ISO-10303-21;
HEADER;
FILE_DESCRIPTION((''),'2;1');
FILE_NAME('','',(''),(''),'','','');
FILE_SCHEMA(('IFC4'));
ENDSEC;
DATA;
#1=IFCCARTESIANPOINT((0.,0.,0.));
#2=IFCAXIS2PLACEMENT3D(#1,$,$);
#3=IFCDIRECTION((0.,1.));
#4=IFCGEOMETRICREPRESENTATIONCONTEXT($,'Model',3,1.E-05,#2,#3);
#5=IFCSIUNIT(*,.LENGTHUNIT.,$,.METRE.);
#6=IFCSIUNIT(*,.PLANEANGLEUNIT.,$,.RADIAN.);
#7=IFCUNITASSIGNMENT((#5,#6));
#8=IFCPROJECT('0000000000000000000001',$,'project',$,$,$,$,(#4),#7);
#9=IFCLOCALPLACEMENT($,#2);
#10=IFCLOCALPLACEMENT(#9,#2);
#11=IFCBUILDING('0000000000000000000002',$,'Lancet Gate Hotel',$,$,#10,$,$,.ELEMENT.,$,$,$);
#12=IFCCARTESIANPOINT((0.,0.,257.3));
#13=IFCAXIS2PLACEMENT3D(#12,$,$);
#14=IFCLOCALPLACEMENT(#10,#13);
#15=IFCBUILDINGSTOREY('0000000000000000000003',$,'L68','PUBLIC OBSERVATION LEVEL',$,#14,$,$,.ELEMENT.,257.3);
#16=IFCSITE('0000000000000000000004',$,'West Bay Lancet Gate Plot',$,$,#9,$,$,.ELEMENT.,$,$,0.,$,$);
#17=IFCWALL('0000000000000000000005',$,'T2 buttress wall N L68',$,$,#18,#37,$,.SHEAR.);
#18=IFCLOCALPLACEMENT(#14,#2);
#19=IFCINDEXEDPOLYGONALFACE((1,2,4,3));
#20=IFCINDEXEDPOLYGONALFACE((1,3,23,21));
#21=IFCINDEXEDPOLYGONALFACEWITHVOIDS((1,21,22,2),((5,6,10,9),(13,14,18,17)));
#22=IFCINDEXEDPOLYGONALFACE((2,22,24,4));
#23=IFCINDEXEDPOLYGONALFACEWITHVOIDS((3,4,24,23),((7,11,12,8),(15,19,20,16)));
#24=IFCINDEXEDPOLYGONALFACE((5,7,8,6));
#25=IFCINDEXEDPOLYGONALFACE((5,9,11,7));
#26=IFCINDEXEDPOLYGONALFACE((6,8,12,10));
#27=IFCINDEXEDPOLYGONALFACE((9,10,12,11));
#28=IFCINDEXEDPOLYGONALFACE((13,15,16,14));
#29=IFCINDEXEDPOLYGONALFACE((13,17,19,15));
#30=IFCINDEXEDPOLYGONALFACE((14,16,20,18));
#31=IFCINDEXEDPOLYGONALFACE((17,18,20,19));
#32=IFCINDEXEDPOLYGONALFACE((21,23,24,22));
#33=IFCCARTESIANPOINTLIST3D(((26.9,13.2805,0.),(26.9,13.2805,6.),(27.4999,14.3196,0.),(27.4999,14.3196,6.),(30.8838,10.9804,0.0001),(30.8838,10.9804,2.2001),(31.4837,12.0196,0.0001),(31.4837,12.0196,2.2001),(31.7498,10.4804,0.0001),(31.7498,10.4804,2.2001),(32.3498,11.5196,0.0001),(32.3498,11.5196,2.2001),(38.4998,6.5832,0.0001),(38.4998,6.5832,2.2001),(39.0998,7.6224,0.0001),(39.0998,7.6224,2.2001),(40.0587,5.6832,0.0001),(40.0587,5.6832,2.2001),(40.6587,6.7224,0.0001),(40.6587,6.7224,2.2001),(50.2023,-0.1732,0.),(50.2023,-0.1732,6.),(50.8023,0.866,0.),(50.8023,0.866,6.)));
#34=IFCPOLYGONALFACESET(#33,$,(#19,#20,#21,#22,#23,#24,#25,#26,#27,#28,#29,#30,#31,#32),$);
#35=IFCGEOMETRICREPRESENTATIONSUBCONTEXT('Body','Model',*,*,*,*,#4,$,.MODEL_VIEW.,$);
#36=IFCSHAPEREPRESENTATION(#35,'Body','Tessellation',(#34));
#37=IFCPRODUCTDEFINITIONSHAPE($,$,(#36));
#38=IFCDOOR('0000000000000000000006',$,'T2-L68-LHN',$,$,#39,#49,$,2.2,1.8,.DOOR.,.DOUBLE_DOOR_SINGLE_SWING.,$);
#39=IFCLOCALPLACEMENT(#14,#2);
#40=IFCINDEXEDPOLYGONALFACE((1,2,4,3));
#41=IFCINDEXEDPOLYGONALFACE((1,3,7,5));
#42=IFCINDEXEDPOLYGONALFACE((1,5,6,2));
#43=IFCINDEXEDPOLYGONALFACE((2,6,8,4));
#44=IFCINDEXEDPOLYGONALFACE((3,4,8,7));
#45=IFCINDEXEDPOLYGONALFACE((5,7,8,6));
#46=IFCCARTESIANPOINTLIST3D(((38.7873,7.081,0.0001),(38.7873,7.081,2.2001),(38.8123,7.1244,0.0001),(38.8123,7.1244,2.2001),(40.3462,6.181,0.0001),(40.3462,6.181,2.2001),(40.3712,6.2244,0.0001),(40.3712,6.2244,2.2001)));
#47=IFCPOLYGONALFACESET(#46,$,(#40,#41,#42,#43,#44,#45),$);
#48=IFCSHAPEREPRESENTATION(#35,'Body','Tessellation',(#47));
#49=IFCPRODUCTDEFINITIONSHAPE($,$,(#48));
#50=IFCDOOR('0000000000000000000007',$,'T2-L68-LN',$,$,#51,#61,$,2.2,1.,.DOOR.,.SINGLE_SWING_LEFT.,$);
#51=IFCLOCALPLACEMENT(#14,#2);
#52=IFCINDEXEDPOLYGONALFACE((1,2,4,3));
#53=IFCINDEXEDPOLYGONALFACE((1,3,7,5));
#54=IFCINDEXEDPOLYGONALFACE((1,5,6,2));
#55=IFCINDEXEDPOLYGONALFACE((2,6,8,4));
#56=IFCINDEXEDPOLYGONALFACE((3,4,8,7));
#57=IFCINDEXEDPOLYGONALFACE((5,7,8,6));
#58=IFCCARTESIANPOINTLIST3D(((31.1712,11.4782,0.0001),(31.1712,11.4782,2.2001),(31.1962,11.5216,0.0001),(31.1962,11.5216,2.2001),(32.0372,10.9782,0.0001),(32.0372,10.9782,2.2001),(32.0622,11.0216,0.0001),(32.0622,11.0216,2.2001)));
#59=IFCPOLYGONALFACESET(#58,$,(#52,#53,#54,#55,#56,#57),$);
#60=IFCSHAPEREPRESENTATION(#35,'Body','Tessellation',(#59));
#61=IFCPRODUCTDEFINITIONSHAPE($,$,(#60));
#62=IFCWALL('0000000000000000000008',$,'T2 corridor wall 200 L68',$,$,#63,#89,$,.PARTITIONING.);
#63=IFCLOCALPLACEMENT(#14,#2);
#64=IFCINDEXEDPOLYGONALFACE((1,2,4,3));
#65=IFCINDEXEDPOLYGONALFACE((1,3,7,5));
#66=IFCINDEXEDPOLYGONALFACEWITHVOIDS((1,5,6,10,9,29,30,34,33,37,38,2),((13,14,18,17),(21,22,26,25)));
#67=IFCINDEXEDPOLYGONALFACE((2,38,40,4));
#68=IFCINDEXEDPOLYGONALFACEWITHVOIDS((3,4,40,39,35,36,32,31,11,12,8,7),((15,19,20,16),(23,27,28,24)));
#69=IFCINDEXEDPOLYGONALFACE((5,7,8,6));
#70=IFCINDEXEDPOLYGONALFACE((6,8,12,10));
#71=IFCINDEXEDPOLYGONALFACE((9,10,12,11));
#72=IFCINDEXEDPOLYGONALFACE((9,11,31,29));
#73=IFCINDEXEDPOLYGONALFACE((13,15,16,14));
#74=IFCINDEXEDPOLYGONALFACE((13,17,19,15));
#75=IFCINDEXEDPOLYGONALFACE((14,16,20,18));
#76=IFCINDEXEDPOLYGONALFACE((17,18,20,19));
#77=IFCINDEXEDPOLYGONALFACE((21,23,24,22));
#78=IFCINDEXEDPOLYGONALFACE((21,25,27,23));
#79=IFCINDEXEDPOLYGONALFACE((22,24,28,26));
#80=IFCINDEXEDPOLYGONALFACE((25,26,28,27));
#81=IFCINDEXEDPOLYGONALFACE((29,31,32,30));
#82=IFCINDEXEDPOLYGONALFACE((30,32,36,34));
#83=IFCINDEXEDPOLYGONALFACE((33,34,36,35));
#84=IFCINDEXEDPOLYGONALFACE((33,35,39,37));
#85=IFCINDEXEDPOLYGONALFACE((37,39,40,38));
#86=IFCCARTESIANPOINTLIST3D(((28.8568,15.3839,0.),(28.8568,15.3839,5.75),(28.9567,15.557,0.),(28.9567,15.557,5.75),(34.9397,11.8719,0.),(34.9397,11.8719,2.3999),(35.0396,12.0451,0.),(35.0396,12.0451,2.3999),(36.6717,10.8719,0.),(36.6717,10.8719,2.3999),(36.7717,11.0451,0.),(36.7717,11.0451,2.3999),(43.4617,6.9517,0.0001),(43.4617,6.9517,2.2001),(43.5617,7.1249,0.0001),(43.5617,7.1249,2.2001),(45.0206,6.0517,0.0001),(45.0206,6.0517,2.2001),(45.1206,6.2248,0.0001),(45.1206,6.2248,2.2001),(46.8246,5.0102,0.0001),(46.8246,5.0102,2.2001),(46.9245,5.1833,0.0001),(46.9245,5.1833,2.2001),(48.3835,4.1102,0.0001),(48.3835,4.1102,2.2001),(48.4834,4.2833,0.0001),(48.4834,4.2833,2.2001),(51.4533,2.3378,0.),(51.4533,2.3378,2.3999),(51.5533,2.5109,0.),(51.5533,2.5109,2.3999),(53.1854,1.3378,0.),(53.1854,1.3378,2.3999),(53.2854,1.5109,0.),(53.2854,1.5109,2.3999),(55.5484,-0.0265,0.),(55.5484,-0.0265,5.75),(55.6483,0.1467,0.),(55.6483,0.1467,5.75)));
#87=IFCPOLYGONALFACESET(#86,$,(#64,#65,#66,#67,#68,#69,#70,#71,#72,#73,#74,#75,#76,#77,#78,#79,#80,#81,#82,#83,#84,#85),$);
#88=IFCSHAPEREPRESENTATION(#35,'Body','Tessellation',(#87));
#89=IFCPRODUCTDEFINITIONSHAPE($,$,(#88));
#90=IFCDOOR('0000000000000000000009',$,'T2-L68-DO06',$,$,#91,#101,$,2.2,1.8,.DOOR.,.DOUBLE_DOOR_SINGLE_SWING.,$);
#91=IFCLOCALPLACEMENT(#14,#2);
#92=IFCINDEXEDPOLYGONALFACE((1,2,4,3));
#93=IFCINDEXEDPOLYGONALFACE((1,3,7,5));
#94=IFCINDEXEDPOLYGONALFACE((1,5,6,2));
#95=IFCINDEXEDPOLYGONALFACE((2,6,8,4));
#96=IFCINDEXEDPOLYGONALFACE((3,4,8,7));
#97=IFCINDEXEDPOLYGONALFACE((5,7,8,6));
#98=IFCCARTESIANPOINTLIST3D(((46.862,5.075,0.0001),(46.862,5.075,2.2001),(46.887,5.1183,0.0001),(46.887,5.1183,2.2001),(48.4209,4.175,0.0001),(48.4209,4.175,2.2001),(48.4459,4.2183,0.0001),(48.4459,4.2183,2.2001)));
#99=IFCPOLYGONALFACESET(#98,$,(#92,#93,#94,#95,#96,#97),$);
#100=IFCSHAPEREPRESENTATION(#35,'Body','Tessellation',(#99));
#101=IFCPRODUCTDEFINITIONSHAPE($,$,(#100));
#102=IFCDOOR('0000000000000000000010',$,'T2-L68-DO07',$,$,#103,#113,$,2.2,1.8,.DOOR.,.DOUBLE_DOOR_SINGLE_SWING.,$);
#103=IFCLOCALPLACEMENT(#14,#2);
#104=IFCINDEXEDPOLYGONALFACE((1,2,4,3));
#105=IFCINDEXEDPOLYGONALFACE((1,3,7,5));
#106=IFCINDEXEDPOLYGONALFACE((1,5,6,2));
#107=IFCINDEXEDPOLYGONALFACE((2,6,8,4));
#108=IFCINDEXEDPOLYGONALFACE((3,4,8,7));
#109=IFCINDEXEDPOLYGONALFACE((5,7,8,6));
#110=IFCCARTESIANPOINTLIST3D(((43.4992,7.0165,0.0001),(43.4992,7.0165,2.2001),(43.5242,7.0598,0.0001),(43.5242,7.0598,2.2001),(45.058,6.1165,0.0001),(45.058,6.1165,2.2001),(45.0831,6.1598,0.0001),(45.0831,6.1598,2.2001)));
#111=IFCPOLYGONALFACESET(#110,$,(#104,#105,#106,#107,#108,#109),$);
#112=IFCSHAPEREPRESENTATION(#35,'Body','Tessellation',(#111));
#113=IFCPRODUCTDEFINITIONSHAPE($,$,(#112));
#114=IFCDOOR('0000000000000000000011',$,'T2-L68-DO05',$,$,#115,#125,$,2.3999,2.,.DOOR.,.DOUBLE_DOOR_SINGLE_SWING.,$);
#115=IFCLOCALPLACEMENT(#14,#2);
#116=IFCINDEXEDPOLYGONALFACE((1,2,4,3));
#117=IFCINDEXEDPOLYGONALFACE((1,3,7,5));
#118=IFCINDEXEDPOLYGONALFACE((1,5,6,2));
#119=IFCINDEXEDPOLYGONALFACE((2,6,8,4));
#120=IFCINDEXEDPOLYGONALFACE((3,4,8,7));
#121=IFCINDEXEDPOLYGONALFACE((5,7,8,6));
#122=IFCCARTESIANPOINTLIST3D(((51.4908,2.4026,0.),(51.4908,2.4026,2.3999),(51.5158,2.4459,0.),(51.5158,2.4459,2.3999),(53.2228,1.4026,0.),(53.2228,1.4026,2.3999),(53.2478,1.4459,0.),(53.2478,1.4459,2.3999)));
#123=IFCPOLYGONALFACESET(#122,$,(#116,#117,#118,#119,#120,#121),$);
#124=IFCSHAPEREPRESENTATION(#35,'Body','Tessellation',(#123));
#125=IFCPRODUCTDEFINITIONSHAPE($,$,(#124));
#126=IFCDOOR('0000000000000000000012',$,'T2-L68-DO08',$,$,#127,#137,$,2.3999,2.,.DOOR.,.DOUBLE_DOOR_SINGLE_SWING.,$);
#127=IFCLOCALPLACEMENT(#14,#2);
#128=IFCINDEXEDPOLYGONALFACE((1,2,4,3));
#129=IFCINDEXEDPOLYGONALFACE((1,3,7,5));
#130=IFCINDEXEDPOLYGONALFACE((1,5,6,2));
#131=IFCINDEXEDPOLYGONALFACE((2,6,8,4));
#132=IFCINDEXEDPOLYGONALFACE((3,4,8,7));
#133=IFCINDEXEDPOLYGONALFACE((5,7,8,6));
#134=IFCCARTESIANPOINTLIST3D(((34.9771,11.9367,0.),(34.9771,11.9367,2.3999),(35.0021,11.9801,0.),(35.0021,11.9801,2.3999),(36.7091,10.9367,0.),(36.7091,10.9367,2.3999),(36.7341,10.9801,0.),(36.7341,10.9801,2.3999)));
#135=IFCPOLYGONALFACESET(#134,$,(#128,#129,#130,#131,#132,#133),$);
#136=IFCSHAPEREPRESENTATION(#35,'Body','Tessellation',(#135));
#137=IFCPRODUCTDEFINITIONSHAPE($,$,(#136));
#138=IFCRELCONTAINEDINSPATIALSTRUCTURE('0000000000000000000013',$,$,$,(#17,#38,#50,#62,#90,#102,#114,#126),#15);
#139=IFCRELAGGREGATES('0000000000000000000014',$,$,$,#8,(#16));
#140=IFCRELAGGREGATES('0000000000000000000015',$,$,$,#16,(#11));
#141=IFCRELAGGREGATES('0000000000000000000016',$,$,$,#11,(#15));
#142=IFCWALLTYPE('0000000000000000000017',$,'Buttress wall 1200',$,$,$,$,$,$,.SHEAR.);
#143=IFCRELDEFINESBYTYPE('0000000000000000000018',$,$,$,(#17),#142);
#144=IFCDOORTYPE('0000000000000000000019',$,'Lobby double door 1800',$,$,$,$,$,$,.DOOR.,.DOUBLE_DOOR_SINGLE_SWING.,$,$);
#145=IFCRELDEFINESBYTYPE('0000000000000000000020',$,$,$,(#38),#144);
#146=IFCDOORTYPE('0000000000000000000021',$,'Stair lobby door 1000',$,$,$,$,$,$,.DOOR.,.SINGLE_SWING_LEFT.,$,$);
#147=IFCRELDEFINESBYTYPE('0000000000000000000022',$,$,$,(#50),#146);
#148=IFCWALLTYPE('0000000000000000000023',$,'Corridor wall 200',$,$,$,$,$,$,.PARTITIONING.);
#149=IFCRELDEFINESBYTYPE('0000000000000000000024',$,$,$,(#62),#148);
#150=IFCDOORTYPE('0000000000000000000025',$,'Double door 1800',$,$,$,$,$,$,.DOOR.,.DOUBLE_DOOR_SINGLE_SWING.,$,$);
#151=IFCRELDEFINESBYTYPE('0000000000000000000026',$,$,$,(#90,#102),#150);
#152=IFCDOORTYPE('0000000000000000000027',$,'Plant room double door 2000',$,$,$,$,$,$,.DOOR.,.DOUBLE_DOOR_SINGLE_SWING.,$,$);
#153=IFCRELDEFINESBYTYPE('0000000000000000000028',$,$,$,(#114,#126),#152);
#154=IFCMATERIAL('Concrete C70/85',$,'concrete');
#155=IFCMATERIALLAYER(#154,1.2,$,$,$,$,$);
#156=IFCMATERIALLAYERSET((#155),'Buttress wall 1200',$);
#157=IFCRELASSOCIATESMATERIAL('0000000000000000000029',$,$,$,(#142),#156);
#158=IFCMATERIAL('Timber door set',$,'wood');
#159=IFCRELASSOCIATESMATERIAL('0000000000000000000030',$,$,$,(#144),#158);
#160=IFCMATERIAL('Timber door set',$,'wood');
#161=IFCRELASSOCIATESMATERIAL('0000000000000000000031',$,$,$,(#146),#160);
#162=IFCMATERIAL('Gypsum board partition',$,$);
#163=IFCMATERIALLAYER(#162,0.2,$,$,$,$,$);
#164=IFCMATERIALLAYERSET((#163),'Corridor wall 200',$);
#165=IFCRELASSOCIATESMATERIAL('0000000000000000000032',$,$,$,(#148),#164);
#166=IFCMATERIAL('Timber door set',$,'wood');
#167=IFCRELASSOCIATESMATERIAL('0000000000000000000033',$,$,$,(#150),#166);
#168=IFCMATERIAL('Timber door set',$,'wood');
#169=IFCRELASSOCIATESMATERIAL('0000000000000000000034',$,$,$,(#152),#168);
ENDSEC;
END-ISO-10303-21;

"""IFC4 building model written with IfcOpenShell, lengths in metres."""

from ifc_helpers import new_model, si_unit, direction, frame, frame_2d, origin, place, context, subcontext, project, spatial, rectangle, extrude, material, layer, layer_set, type_object, element, fill, save


model = new_model("IFC4")

# Units and contexts
model_context = context("Model", 3, precision=1e-05, world=origin(), true_north=direction((0.0, 1.0)))
body_context = subcontext(model_context, "Body", "Model", "MODEL_VIEW")
ifc_project = project(units=[si_unit("LENGTHUNIT", "METRE"), si_unit("PLANEANGLEUNIT", "RADIAN")], contexts=[model_context])

# Site, building, storey
site_placement = place(None, origin())
site = spatial("IfcSite", under=ifc_project, at=site_placement, Name="West Bay Lancet Gate Plot", CompositionType="ELEMENT", RefElevation=0.0)
building_placement = place(site_placement, origin())
building = spatial("IfcBuilding", under=site, at=building_placement, Name="Lancet Gate Hotel", CompositionType="ELEMENT")
storey_placement = place(building_placement, frame((0.0, 0.0, 257.3)))
storey = spatial("IfcBuildingStorey", under=building, at=storey_placement, Name="L68", Description="PUBLIC OBSERVATION LEVEL", CompositionType="ELEMENT", Elevation=257.3)

# Walls, openings, doors
ifc_material_1 = material(Name="Concrete C70/85", Category="concrete")
ifc_layer_1 = layer(ifc_material_1, 1.2)
ifc_layer_set_1 = layer_set([ifc_layer_1], Name="Buttress wall 1200")
wall_type_1 = type_object("IfcWallType", Name="Buttress wall 1200", PredefinedType="SHEAR", material=ifc_layer_set_1)
wall_1_placement = place(storey_placement, frame((27.2, 13.8, 0.0), z_axis=(0.0, 0.0, 1.0), x_axis=(0.866025, -0.500002, 0.0)))
wall_1 = element("IfcWall", 1, at=wall_1_placement, inside=storey, type_object=wall_type_1, Name="T2 buttress wall N L68", PredefinedType="SHEAR", context=body_context, shape_type="SweptSolid", body=[
    extrude(rectangle(XDim=26.9072, YDim=1.2, at=frame_2d((13.4536, 0.0))), origin(), (0.0, 0.0, 1.0), 6.0),
])
opening_1_placement = place(wall_1_placement, frame((4.6001, 0.0, 0.0)))
opening_1 = element("IfcOpeningElement", 2, at=opening_1_placement, cuts=wall_1, PredefinedType="OPENING", context=body_context, shape_type="SweptSolid", body=[
    extrude(rectangle(XDim=1.0, YDim=2.2, at=frame_2d((0.5, 1.1001))), frame((0.0, 0.6099, 0.0), z_axis=(0.0, -1.0, 0.0), x_axis=(1.0, 0.0, 0.0)), (0.0, 0.0, 1.0), 1.22),
])
opening_2_placement = place(wall_1_placement, frame((13.3945, 0.0, 0.0)))
opening_2 = element("IfcOpeningElement", 3, at=opening_2_placement, cuts=wall_1, PredefinedType="OPENING", context=body_context, shape_type="SweptSolid", body=[
    extrude(rectangle(XDim=1.8, YDim=2.2, at=frame_2d((0.8999, 1.1001))), frame((0.0, 0.6099, 0.0), z_axis=(0.0, -1.0, 0.0), x_axis=(1.0, 0.0, 0.0)), (0.0, 0.0, 1.0), 1.22),
])
ifc_material_2 = material(Name="Timber door set", Category="wood")
door_type_1 = type_object("IfcDoorType", Name="Lobby double door 1800", OperationType="DOUBLE_DOOR_SINGLE_SWING", PredefinedType="DOOR", material=ifc_material_2)
door_1_placement = place(opening_2_placement, origin())
door_1 = element("IfcDoor", 4, at=door_1_placement, inside=storey, type_object=door_type_1, Name="T2-L68-LHN", OperationType="DOUBLE_DOOR_SINGLE_SWING", OverallHeight=2.2, OverallWidth=1.8, PredefinedType="DOOR", context=body_context, shape_type="SweptSolid", body=[
    extrude(rectangle(XDim=1.8, YDim=2.2, at=frame_2d((0.8999, 1.1001))), frame((0.0, 0.0249, 0.0), z_axis=(0.0, -1.0, 0.0), x_axis=(1.0, 0.0, 0.0)), (0.0, 0.0, 1.0), 0.05),
])
fill(opening_2, door_1)
ifc_material_3 = material(Name="Timber door set", Category="wood")
door_type_2 = type_object("IfcDoorType", Name="Stair lobby door 1000", OperationType="SINGLE_SWING_LEFT", PredefinedType="DOOR", material=ifc_material_3)
door_2_placement = place(opening_1_placement, origin())
door_2 = element("IfcDoor", 5, at=door_2_placement, inside=storey, type_object=door_type_2, Name="T2-L68-LN", OperationType="SINGLE_SWING_LEFT", OverallHeight=2.2, OverallWidth=1.0, PredefinedType="DOOR", context=body_context, shape_type="SweptSolid", body=[
    extrude(rectangle(XDim=1.0, YDim=2.2, at=frame_2d((0.5, 1.1001))), frame((0.0, 0.0249, 0.0), z_axis=(0.0, -1.0, 0.0), x_axis=(1.0, 0.0, 0.0)), (0.0, 0.0, 1.0), 0.05),
])
fill(opening_1, door_2)
ifc_material_4 = material(Name="Gypsum board partition")
ifc_layer_2 = layer(ifc_material_4, 0.2)
ifc_layer_set_2 = layer_set([ifc_layer_2], Name="Corridor wall 200")
wall_type_2 = type_object("IfcWallType", Name="Corridor wall 200", PredefinedType="PARTITIONING", material=ifc_layer_set_2)
wall_2_placement = place(storey_placement, frame((28.9067, 15.4705, 0.0), z_axis=(0.0, 0.0, 1.0), x_axis=(0.866026, -0.499999, 0.0)))
wall_2 = element("IfcWall", 6, at=wall_2_placement, inside=storey, type_object=wall_type_2, Name="T2 corridor wall 200 L68", PredefinedType="PARTITIONING", context=body_context, shape_type="SweptSolid", body=[
    extrude(rectangle(XDim=30.8208, YDim=0.2, at=frame_2d((15.4104, 0.0))), origin(), (0.0, 0.0, 1.0), 5.75),
])
opening_3_placement = place(wall_2_placement, frame((26.0923, 0.0, 0.0)))
opening_3 = element("IfcOpeningElement", 7, at=opening_3_placement, cuts=wall_2, PredefinedType="OPENING", context=body_context, shape_type="SweptSolid", body=[
    extrude(rectangle(XDim=2.0, YDim=2.3999, at=frame_2d((1.0, 1.2))), frame((0.0, 0.1099, 0.0), z_axis=(0.0, -1.0, 0.0), x_axis=(1.0, 0.0, 0.0)), (0.0, 0.0, 1.0), 0.22),
])
opening_4_placement = place(wall_2_placement, frame((20.7476, 0.0, 0.0)))
opening_4 = element("IfcOpeningElement", 8, at=opening_4_placement, cuts=wall_2, PredefinedType="OPENING", context=body_context, shape_type="SweptSolid", body=[
    extrude(rectangle(XDim=1.8, YDim=2.2, at=frame_2d((0.8999, 1.1001))), frame((0.0, 0.1099, 0.0), z_axis=(0.0, -1.0, 0.0), x_axis=(1.0, 0.0, 0.0)), (0.0, 0.0, 1.0), 0.22),
])
opening_5_placement = place(wall_2_placement, frame((16.8645, 0.0, 0.0)))
opening_5 = element("IfcOpeningElement", 9, at=opening_5_placement, cuts=wall_2, PredefinedType="OPENING", context=body_context, shape_type="SweptSolid", body=[
    extrude(rectangle(XDim=1.8, YDim=2.2, at=frame_2d((0.8999, 1.1001))), frame((0.0, 0.1099, 0.0), z_axis=(0.0, -1.0, 0.0), x_axis=(1.0, 0.0, 0.0)), (0.0, 0.0, 1.0), 0.22),
])
opening_6_placement = place(wall_2_placement, frame((7.0239, 0.0, 0.0)))
opening_6 = element("IfcOpeningElement", 10, at=opening_6_placement, cuts=wall_2, PredefinedType="OPENING", context=body_context, shape_type="SweptSolid", body=[
    extrude(rectangle(XDim=2.0, YDim=2.3999, at=frame_2d((1.0, 1.2))), frame((0.0, 0.1099, 0.0), z_axis=(0.0, -1.0, 0.0), x_axis=(1.0, 0.0, 0.0)), (0.0, 0.0, 1.0), 0.22),
])
ifc_material_5 = material(Name="Timber door set", Category="wood")
door_type_3 = type_object("IfcDoorType", Name="Double door 1800", OperationType="DOUBLE_DOOR_SINGLE_SWING", PredefinedType="DOOR", material=ifc_material_5)
door_3_placement = place(opening_4_placement, origin())
door_3 = element("IfcDoor", 11, at=door_3_placement, inside=storey, type_object=door_type_3, Name="T2-L68-DO06", OperationType="DOUBLE_DOOR_SINGLE_SWING", OverallHeight=2.2, OverallWidth=1.8, PredefinedType="DOOR", context=body_context, shape_type="SweptSolid", body=[
    extrude(rectangle(XDim=1.8, YDim=2.2, at=frame_2d((0.8999, 1.1001))), frame((0.0, 0.0249, 0.0), z_axis=(0.0, -1.0, 0.0), x_axis=(1.0, 0.0, 0.0)), (0.0, 0.0, 1.0), 0.05),
])
fill(opening_4, door_3)
door_4_placement = place(opening_5_placement, origin())
door_4 = element("IfcDoor", 12, at=door_4_placement, inside=storey, type_object=door_type_3, Name="T2-L68-DO07", OperationType="DOUBLE_DOOR_SINGLE_SWING", OverallHeight=2.2, OverallWidth=1.8, PredefinedType="DOOR", context=body_context, shape_type="SweptSolid", body=[
    extrude(rectangle(XDim=1.8, YDim=2.2, at=frame_2d((0.8999, 1.1001))), frame((0.0, 0.0249, 0.0), z_axis=(0.0, -1.0, 0.0), x_axis=(1.0, 0.0, 0.0)), (0.0, 0.0, 1.0), 0.05),
])
fill(opening_5, door_4)
ifc_material_6 = material(Name="Timber door set", Category="wood")
door_type_4 = type_object("IfcDoorType", Name="Plant room double door 2000", OperationType="DOUBLE_DOOR_SINGLE_SWING", PredefinedType="DOOR", material=ifc_material_6)
door_5_placement = place(opening_3_placement, origin())
door_5 = element("IfcDoor", 13, at=door_5_placement, inside=storey, type_object=door_type_4, Name="T2-L68-DO05", OperationType="DOUBLE_DOOR_SINGLE_SWING", OverallHeight=2.3999, OverallWidth=2.0, PredefinedType="DOOR", context=body_context, shape_type="SweptSolid", body=[
    extrude(rectangle(XDim=2.0, YDim=2.3999, at=frame_2d((1.0, 1.2))), frame((0.0, 0.0249, 0.0), z_axis=(0.0, -1.0, 0.0), x_axis=(1.0, 0.0, 0.0)), (0.0, 0.0, 1.0), 0.05),
])
fill(opening_3, door_5)
door_6_placement = place(opening_6_placement, origin())
door_6 = element("IfcDoor", 14, at=door_6_placement, inside=storey, type_object=door_type_4, Name="T2-L68-DO08", OperationType="DOUBLE_DOOR_SINGLE_SWING", OverallHeight=2.3999, OverallWidth=2.0, PredefinedType="DOOR", context=body_context, shape_type="SweptSolid", body=[
    extrude(rectangle(XDim=2.0, YDim=2.3999, at=frame_2d((1.0, 1.2))), frame((0.0, 0.0249, 0.0), z_axis=(0.0, -1.0, 0.0), x_axis=(1.0, 0.0, 0.0)), (0.0, 0.0, 1.0), 0.05),
])
fill(opening_6, door_6)

save(model, "model.ifc")
